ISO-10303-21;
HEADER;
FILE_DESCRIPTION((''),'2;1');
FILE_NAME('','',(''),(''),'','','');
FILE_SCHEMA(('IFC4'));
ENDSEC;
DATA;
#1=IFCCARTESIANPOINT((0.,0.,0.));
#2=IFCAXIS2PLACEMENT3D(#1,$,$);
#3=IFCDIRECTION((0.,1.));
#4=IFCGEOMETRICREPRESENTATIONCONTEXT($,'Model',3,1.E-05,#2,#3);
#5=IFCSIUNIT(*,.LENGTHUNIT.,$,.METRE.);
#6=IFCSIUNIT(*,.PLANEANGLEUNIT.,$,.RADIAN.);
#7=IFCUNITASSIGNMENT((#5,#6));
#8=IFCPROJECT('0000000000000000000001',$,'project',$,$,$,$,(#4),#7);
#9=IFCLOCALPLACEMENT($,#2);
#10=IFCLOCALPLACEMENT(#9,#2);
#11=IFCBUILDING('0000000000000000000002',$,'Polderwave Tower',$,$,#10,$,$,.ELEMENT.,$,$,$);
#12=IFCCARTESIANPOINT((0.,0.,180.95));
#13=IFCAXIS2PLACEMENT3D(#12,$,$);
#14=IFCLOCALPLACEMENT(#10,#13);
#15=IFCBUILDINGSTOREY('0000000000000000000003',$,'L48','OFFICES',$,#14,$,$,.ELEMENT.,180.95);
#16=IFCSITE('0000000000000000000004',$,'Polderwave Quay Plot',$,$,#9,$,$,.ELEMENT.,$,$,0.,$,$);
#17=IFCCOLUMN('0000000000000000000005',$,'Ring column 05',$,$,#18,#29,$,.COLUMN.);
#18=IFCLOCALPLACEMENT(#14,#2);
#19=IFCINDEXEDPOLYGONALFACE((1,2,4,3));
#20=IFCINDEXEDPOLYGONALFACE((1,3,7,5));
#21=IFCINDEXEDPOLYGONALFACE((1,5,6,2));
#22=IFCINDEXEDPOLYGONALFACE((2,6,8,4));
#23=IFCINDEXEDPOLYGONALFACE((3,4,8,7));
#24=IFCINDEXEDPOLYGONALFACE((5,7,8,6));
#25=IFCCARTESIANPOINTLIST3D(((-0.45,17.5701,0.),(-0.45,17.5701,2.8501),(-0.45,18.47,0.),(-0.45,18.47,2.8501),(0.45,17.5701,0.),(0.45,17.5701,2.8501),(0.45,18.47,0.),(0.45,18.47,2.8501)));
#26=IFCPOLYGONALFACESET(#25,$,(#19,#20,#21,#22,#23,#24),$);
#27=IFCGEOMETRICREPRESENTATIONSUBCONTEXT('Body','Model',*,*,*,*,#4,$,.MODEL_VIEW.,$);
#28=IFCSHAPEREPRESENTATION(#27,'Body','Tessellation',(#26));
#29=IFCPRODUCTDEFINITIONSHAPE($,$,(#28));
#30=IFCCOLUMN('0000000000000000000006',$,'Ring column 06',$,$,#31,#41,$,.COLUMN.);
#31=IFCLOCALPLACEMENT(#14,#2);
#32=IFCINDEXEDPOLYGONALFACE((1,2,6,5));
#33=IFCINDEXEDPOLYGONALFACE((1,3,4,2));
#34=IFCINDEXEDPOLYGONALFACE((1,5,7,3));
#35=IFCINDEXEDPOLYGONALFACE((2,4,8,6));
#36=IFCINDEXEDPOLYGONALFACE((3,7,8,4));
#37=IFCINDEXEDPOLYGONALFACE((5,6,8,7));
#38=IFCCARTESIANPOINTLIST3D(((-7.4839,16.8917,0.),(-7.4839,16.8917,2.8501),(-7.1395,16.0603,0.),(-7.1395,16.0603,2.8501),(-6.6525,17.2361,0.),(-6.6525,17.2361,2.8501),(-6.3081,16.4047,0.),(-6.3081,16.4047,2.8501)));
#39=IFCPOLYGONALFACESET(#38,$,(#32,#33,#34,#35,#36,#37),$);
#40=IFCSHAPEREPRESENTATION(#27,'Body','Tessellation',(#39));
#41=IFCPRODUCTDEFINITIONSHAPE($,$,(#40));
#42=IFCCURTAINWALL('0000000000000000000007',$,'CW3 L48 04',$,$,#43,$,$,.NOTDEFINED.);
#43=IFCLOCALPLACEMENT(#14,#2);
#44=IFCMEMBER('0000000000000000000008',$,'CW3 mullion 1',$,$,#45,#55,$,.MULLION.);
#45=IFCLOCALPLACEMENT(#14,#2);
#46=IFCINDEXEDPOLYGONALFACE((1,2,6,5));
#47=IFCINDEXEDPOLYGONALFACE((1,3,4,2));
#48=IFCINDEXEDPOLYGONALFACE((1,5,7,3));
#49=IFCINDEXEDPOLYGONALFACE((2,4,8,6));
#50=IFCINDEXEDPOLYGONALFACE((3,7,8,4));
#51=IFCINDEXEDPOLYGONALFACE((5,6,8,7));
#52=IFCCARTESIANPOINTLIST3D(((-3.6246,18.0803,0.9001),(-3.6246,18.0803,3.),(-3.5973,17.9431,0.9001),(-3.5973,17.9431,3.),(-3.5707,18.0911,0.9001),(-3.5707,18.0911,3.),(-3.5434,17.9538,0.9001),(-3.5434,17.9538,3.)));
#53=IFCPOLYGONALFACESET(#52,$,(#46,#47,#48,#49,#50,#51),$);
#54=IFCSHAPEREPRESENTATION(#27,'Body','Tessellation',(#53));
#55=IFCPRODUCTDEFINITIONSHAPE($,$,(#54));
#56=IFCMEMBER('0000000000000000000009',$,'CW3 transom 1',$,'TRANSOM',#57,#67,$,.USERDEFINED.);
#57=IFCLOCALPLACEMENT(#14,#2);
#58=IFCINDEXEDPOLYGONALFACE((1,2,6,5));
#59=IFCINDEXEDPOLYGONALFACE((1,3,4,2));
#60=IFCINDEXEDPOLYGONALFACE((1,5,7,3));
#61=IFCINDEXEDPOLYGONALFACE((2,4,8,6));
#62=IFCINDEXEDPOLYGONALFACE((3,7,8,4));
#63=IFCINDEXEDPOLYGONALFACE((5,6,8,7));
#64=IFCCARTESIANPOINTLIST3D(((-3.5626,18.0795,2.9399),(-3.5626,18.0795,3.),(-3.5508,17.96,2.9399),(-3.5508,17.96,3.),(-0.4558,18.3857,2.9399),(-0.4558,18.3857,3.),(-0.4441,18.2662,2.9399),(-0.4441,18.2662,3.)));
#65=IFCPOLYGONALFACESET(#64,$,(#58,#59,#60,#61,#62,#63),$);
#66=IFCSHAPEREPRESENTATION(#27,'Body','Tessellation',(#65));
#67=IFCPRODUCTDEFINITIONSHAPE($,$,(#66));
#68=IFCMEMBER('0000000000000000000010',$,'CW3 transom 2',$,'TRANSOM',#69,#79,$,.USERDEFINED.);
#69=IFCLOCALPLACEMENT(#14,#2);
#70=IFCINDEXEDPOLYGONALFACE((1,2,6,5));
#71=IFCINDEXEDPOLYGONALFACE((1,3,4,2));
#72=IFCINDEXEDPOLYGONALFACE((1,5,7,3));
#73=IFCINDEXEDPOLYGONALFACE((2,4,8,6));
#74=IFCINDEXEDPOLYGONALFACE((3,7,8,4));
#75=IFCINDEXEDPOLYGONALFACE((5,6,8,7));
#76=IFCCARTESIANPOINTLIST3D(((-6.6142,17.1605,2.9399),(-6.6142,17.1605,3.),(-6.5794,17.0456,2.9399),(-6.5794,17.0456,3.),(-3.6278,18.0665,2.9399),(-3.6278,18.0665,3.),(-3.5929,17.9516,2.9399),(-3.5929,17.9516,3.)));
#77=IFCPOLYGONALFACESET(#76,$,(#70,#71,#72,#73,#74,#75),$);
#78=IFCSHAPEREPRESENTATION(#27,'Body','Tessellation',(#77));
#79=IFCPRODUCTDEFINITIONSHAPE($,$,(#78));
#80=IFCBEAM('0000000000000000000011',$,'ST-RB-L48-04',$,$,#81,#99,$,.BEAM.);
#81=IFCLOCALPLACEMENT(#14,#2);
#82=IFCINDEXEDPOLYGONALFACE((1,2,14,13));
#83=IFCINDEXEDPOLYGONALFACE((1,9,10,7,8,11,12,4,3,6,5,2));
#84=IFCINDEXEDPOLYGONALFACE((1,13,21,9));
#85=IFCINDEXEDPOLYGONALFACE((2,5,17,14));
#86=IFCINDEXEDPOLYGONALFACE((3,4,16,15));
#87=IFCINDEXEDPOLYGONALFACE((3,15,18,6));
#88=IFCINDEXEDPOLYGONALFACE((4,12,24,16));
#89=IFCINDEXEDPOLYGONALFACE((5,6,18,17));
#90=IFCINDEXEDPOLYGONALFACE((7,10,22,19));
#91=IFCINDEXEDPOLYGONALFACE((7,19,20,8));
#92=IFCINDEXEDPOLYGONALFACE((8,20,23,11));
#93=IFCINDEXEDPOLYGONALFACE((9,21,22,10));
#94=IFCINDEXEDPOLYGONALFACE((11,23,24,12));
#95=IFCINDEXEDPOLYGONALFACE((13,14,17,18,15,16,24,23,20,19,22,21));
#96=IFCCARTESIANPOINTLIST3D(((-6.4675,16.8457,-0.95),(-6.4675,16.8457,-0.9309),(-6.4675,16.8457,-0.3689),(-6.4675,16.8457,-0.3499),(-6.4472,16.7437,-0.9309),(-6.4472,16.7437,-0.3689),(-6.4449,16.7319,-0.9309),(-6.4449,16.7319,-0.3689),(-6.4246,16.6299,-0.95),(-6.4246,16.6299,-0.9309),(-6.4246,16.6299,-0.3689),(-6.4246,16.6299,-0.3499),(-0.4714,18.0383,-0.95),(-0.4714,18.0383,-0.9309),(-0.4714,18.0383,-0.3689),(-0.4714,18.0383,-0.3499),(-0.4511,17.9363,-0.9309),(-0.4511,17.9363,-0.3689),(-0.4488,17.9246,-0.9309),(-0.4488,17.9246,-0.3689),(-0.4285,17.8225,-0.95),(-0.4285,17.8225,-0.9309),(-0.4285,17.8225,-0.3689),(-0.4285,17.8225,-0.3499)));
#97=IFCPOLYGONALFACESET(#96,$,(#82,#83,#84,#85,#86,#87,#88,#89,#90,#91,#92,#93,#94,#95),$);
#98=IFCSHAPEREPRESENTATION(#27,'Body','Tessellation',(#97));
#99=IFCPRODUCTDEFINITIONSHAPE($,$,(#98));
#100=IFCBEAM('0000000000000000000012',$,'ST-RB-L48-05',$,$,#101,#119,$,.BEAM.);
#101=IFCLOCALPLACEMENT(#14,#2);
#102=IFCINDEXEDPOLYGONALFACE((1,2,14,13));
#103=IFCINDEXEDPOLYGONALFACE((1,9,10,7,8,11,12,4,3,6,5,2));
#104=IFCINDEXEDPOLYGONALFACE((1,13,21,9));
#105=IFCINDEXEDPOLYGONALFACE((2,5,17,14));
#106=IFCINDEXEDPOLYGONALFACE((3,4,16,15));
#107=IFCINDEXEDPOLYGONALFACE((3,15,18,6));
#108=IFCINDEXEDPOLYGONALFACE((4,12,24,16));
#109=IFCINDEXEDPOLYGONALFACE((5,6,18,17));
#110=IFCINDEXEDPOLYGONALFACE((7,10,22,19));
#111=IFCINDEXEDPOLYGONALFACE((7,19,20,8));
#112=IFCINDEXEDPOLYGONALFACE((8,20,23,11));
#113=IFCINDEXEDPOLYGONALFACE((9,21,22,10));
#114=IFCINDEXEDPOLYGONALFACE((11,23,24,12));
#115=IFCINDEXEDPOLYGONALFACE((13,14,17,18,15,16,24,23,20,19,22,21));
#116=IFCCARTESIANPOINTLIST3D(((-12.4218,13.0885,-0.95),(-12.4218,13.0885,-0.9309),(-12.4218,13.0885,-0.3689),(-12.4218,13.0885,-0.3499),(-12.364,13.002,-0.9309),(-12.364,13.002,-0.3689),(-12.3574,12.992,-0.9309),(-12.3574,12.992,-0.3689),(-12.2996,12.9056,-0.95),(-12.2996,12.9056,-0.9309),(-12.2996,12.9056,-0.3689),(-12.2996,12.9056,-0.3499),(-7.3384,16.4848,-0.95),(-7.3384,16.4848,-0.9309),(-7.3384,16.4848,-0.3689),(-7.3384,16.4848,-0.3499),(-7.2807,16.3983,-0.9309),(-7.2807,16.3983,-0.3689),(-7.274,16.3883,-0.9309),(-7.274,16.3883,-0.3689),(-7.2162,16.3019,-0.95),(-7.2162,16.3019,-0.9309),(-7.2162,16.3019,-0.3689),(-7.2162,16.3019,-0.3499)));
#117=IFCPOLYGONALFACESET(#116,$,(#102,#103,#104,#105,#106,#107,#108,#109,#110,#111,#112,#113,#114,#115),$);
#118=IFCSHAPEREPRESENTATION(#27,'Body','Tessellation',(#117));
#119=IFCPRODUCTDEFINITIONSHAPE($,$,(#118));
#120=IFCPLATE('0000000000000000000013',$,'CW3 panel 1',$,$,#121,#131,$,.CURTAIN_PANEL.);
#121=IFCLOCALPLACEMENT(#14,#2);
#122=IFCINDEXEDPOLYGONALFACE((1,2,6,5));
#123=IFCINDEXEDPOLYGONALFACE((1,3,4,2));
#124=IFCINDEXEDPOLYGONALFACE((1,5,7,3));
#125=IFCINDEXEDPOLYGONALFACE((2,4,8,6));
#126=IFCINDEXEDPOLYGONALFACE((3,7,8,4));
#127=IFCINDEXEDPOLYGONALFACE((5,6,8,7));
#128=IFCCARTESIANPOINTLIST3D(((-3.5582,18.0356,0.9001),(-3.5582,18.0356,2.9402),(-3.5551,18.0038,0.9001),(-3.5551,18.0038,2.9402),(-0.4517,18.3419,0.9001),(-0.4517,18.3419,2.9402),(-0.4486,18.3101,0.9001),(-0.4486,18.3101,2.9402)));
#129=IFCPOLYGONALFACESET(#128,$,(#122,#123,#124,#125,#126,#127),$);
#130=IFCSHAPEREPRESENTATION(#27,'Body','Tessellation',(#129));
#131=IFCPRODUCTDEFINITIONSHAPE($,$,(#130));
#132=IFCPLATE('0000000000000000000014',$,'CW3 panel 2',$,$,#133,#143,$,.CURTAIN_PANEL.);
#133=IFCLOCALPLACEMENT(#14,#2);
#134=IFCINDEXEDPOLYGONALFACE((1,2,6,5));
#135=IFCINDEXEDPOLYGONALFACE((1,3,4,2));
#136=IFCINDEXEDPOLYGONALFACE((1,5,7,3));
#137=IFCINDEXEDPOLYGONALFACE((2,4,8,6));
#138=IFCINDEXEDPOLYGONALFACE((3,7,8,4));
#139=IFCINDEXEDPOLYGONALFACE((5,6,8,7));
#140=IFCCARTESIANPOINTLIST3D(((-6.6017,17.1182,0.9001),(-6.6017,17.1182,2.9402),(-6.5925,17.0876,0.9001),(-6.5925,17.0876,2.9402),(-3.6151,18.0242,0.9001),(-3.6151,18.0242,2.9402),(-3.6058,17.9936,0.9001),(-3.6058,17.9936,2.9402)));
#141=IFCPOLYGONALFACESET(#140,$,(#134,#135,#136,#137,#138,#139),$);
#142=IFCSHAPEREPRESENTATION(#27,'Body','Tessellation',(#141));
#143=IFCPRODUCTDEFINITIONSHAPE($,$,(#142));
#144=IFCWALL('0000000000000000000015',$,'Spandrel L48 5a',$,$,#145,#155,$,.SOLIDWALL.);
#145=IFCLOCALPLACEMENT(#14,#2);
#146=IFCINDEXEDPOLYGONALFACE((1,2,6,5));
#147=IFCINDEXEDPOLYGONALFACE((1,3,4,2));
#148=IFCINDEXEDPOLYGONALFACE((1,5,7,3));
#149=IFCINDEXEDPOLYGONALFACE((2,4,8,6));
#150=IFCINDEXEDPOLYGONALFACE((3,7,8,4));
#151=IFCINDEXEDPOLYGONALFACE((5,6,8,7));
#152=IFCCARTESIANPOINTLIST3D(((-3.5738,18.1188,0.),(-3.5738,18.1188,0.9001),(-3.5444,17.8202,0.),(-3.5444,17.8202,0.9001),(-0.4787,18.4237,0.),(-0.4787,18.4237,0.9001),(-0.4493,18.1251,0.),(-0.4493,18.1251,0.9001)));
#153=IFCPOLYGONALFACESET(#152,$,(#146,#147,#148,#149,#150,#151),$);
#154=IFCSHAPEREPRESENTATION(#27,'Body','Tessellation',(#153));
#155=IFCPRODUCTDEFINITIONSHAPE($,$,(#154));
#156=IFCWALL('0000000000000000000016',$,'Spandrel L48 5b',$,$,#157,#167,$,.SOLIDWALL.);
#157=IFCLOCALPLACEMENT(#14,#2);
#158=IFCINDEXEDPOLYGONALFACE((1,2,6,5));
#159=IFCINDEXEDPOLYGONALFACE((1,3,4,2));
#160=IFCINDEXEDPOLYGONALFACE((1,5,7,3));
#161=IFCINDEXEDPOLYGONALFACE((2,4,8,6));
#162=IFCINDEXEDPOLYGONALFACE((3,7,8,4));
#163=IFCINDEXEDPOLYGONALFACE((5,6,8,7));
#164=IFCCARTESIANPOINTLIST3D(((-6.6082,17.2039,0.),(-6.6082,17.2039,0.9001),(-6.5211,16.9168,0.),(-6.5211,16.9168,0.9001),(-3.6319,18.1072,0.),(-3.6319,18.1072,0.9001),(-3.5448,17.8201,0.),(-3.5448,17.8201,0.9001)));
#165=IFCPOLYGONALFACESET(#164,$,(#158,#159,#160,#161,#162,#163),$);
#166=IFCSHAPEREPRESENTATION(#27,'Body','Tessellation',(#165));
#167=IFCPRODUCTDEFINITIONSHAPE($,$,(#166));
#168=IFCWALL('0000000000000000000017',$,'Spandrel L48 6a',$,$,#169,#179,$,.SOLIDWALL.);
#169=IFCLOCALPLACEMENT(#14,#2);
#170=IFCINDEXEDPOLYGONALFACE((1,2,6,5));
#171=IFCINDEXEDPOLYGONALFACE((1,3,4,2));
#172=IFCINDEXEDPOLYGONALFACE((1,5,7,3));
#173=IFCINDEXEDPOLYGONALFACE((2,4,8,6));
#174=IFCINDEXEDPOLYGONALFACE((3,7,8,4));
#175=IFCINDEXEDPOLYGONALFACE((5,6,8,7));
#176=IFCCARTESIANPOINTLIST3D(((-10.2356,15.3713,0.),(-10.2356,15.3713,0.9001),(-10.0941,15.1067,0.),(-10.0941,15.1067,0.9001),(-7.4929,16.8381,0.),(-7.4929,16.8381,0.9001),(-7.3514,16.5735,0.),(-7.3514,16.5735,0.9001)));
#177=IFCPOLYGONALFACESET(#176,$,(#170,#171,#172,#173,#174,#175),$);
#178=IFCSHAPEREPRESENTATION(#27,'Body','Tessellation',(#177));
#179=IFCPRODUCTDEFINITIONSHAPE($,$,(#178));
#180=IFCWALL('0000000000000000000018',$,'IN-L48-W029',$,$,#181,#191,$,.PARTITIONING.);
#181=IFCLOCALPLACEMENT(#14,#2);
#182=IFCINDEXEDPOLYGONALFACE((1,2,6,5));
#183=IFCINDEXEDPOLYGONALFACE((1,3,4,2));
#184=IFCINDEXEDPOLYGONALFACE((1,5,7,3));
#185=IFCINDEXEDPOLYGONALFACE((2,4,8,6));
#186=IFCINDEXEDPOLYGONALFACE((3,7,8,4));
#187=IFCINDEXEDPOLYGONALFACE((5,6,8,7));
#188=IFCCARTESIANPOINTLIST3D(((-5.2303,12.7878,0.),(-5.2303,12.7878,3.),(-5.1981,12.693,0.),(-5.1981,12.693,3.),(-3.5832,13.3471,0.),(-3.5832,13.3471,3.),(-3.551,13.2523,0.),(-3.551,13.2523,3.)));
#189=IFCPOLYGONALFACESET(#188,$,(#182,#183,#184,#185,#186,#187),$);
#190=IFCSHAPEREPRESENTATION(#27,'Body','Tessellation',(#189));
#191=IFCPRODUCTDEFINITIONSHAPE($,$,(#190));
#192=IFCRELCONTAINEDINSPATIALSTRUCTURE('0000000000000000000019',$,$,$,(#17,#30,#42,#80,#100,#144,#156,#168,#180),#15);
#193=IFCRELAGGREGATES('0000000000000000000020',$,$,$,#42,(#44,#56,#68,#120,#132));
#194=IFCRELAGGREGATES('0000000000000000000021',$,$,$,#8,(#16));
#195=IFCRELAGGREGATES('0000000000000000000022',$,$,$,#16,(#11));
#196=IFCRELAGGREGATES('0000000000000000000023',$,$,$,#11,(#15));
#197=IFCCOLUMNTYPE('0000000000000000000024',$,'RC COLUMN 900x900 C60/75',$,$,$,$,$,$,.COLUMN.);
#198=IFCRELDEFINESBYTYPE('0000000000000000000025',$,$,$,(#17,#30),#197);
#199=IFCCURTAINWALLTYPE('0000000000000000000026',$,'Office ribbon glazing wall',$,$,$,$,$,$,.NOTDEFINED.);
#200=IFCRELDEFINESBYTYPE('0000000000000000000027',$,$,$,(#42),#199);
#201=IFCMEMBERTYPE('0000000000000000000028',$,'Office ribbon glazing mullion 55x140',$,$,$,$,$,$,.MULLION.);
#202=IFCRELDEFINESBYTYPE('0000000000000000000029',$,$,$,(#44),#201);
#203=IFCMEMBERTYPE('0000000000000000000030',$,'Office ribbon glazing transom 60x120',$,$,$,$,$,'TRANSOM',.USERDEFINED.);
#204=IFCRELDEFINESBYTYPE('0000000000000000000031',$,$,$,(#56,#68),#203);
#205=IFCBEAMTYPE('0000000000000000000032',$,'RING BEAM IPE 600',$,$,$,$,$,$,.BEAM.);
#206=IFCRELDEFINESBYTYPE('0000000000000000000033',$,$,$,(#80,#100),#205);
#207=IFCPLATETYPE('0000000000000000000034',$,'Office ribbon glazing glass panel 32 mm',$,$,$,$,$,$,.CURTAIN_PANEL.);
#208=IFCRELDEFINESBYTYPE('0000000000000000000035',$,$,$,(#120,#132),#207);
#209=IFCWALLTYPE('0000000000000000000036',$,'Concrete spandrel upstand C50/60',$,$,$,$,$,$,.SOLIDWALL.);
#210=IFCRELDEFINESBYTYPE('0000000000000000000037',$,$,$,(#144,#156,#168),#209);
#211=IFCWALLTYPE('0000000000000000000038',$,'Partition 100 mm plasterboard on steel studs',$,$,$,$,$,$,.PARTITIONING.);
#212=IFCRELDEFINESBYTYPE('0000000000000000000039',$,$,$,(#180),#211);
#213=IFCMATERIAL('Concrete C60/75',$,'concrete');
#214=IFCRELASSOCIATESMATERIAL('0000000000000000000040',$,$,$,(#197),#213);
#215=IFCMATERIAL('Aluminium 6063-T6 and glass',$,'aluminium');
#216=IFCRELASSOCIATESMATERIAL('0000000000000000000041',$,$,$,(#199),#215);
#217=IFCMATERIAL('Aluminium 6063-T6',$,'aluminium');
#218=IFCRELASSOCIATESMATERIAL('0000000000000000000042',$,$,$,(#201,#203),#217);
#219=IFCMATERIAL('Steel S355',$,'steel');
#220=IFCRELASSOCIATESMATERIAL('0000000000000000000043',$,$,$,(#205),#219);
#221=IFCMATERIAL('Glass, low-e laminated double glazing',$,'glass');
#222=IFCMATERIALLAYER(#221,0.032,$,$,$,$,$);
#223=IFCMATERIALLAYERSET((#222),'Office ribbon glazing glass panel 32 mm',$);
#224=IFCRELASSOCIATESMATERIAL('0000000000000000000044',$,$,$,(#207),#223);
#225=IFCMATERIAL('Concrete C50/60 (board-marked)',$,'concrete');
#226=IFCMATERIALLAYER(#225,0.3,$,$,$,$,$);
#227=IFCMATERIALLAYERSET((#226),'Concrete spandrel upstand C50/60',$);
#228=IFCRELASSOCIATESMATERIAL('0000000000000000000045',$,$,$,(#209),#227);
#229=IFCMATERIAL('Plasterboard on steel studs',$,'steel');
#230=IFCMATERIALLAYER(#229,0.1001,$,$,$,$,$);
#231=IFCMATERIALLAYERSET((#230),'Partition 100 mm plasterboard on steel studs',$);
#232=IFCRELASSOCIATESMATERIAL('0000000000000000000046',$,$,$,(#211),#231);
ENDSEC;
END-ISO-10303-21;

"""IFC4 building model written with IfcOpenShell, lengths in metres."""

from ifc_helpers import new_model, si_unit, direction, frame, frame_2d, origin, origin_2d, place, context, subcontext, project, spatial, rectangle, i_section, extrude, material, layer, layer_set, material_profile, profile_set, type_object, element, aggregate, save


model = new_model("IFC4")

# Units and contexts
model_context = context("Model", 3, precision=1e-05, world=origin(), true_north=direction((0.0, 1.0)))
body_context = subcontext(model_context, "Body", "Model", "MODEL_VIEW")
ifc_project = project(units=[si_unit("LENGTHUNIT", "METRE"), si_unit("PLANEANGLEUNIT", "RADIAN")], contexts=[model_context])

# Site, building, storey
site_placement = place(None, origin())
site = spatial("IfcSite", under=ifc_project, at=site_placement, Name="Polderwave Quay Plot", CompositionType="ELEMENT", RefElevation=0.0)
building_placement = place(site_placement, origin())
building = spatial("IfcBuilding", under=site, at=building_placement, Name="Polderwave Tower", CompositionType="ELEMENT")
storey_placement = place(building_placement, frame((0.0, 0.0, 180.95)))
storey = spatial("IfcBuildingStorey", under=building, at=storey_placement, Name="L48", Description="OFFICES", CompositionType="ELEMENT", Elevation=180.95)

# Columns
ifc_material_1 = material(Name="Concrete C60/75", Category="concrete")
ifc_material_profile_1 = material_profile(ifc_material_1, rectangle(XDim=0.8999, YDim=0.8999, at=origin_2d()), Name="RC 900x900")
ifc_profile_set_1 = profile_set([ifc_material_profile_1], Name="Concrete C60/75")
column_type = type_object("IfcColumnType", Name="RC COLUMN 900x900 C60/75", PredefinedType="COLUMN", material=ifc_profile_set_1)
for number, where, z_axis, x_axis, name in (
    (1, (0.0, 18.02, 0.0), (0.0, 0.0, 1.0), (0.0, 1.0, 0.0), "Ring column 05"),
    (2, (-6.896, 16.6482, 0.0), (0.0, 0.0, 1.0), (-0.382683, 0.92388, 0.0), "Ring column 06"),
):
    element("IfcColumn", number, at=place(storey_placement, frame(where, z_axis=z_axis, x_axis=x_axis)), inside=storey, type_object=column_type, Name=name, PredefinedType="COLUMN", context=body_context, shape_type="SweptSolid", body=[
        extrude(rectangle(XDim=0.8999, YDim=0.8999, at=origin_2d()), origin(), (0.0, 0.0, 1.0), 2.8501),
    ])

# Curtain wall, members
ifc_material_2 = material(Name="Aluminium 6063-T6 and glass", Category="aluminium")
curtain_wall_type = type_object("IfcCurtainWallType", Name="Office ribbon glazing wall", PredefinedType="NOTDEFINED", material=ifc_material_2)
curtain_wall_placement = place(storey_placement, origin())
curtain_wall = element("IfcCurtainWall", 3, at=curtain_wall_placement, inside=storey, type_object=curtain_wall_type, Name="CW3 L48 04", PredefinedType="NOTDEFINED")
ifc_material_3 = material(Name="Aluminium 6063-T6", Category="aluminium")
ifc_material_profile_2 = material_profile(ifc_material_3, rectangle(XDim=0.1399, YDim=0.0549, at=origin_2d()), Name="AL 55x140")
ifc_profile_set_2 = profile_set([ifc_material_profile_2], Name="Aluminium 6063-T6")
member_type_1 = type_object("IfcMemberType", Name="Office ribbon glazing mullion 55x140", PredefinedType="MULLION", material=ifc_profile_set_2)
member_1_placement = place(storey_placement, frame((-3.584, 18.0171, 0.9001), z_axis=(0.0, 0.0, 1.0), x_axis=(0.195143, -0.980775, 0.0)))
member_1 = element("IfcMember", 4, at=member_1_placement, type_object=member_type_1, Name="CW3 mullion 1", PredefinedType="MULLION", context=body_context, shape_type="SweptSolid", body=[
    extrude(rectangle(XDim=0.1399, YDim=0.0549, at=origin_2d()), origin(), (0.0, 0.0, 1.0), 2.0999),
])
ifc_material_profile_3 = material_profile(ifc_material_3, rectangle(XDim=0.1201, YDim=0.0601, at=origin_2d()), Name="AL 60x120")
ifc_profile_set_3 = profile_set([ifc_material_profile_3], Name="Aluminium 6063-T6")
member_type_2 = type_object("IfcMemberType", Name="Office ribbon glazing transom 60x120", ElementType="TRANSOM", PredefinedType="USERDEFINED", material=ifc_profile_set_3)
member_2_placement = place(storey_placement, frame((-0.45, 18.3259, 2.97), z_axis=(-0.995179, -0.098071, 0.0), x_axis=(0.098071, -0.995179, 0.0)))
member_2 = element("IfcMember", 5, at=member_2_placement, type_object=member_type_2, Name="CW3 transom 1", ObjectType="TRANSOM", PredefinedType="USERDEFINED", context=body_context, shape_type="SweptSolid", body=[
    extrude(rectangle(XDim=0.1201, YDim=0.0601, at=origin_2d()), origin(), (0.0, 0.0, 1.0), 3.1218),
])
member_3_placement = place(storey_placement, frame((-3.6104, 18.009, 2.97), z_axis=(-0.956937, -0.290296, 0.0), x_axis=(0.290296, -0.956937, 0.0)))
member_3 = element("IfcMember", 6, at=member_3_placement, type_object=member_type_2, Name="CW3 transom 2", ObjectType="TRANSOM", PredefinedType="USERDEFINED", context=body_context, shape_type="SweptSolid", body=[
    extrude(rectangle(XDim=0.1201, YDim=0.0601, at=origin_2d()), origin(), (0.0, 0.0, 1.0), 3.1208),
])

# Beams
ifc_material_4 = material(Name="Steel S355", Category="steel")
ifc_material_profile_4 = material_profile(ifc_material_4, i_section(OverallWidth=0.22, OverallDepth=0.6001, WebThickness=0.012, FlangeThickness=0.019, at=origin_2d()), Name="IPE 600")
ifc_profile_set_4 = profile_set([ifc_material_profile_4], Name="Steel S355")
beam_type = type_object("IfcBeamType", Name="RING BEAM IPE 600", PredefinedType="BEAM", material=ifc_profile_set_4)
for number, where, z_axis, x_axis, name in (
    (7, (-0.45, 17.9304, -0.6499), (-0.980787, -0.195079, 0.0), (0.195079, -0.980787, 0.0), "ST-RB-L48-04"),
    (8, (-7.2773, 16.3933, -0.6499), (-0.831491, -0.555539, 0.0), (0.555539, -0.831491, 0.0), "ST-RB-L48-05"),
):
    element("IfcBeam", number, at=place(storey_placement, frame(where, z_axis=z_axis, x_axis=x_axis)), inside=storey, type_object=beam_type, Name=name, PredefinedType="BEAM", context=body_context, shape_type="SweptSolid", body=[
        extrude(i_section(OverallWidth=0.22, OverallDepth=0.6001, WebThickness=0.012, FlangeThickness=0.019, at=origin_2d()), origin(), (0.0, 0.0, 1.0), 6.1135),
    ])

# Plates
ifc_material_5 = material(Name="Glass, low-e laminated double glazing", Category="glass")
ifc_layer_1 = layer(ifc_material_5, 0.032)
ifc_layer_set_1 = layer_set([ifc_layer_1], Name="Office ribbon glazing glass panel 32 mm")
plate_type = type_object("IfcPlateType", Name="Office ribbon glazing glass panel 32 mm", PredefinedType="CURTAIN_PANEL", material=ifc_layer_set_1)
plate_1_placement = place(storey_placement, frame((-2.0034, 18.1729, 0.9001), z_axis=(0.0, 0.0, 1.0), x_axis=(-0.995175, -0.09812, 0.0)))
plate_1 = element("IfcPlate", 9, at=plate_1_placement, type_object=plate_type, Name="CW3 panel 1", PredefinedType="CURTAIN_PANEL", context=body_context, shape_type="SweptSolid", body=[
    extrude(rectangle(XDim=3.1216, YDim=0.032, at=origin_2d()), origin(), (0.0, 0.0, 1.0), 2.04),
])
plate_2_placement = place(storey_placement, frame((-5.1038, 17.5559, 0.9001), z_axis=(0.0, 0.0, 1.0), x_axis=(-0.956939, -0.29029, 0.0)))
plate_2 = element("IfcPlate", 10, at=plate_2_placement, type_object=plate_type, Name="CW3 panel 2", PredefinedType="CURTAIN_PANEL", context=body_context, shape_type="SweptSolid", body=[
    extrude(rectangle(XDim=3.1211, YDim=0.032, at=origin_2d()), origin(), (0.0, 0.0, 1.0), 2.04),
])
aggregate(curtain_wall, [member_1, member_2, member_3, plate_1, plate_2])

# Walls
ifc_material_6 = material(Name="Concrete C50/60 (board-marked)", Category="concrete")
ifc_layer_2 = layer(ifc_material_6, 0.3)
ifc_layer_set_2 = layer_set([ifc_layer_2], Name="Concrete spandrel upstand C50/60")
wall_type_1 = type_object("IfcWallType", Name="Concrete spandrel upstand C50/60", PredefinedType="SOLIDWALL", material=ifc_layer_set_2)
wall_1_placement = place(storey_placement, frame((-0.4639, 18.2744, 0.0), z_axis=(0.0, 0.0, 1.0), x_axis=(-0.995182, -0.098042, 0.0)))
element("IfcWall", 11, at=wall_1_placement, inside=storey, type_object=wall_type_1, Name="Spandrel L48 5a", PredefinedType="SOLIDWALL", context=body_context, shape_type="SweptSolid", body=[
    extrude(rectangle(XDim=3.1101, YDim=0.3, at=frame_2d((1.5552, 0.0))), origin(), (0.0, 0.0, 1.0), 0.9001),
])
for number, where, z_axis, x_axis, name in (
    (12, (-3.5884, 17.9636, 0.0), (0.0, 0.0, 1.0), (-0.956899, -0.290421, 0.0), "Spandrel L48 5b"),
    (13, (-7.4221, 16.7058, 0.0), (0.0, 0.0, 1.0), (-0.881813, -0.471598, 0.0), "Spandrel L48 6a"),
):
    element("IfcWall", number, at=place(storey_placement, frame(where, z_axis=z_axis, x_axis=x_axis)), inside=storey, type_object=wall_type_1, Name=name, PredefinedType="SOLIDWALL", context=body_context, shape_type="SweptSolid", body=[
        extrude(rectangle(XDim=3.1104, YDim=0.3, at=frame_2d((1.5552, 0.0))), origin(), (0.0, 0.0, 1.0), 0.9001),
    ])
ifc_material_7 = material(Name="Plasterboard on steel studs", Category="steel")
ifc_layer_3 = layer(ifc_material_7, 0.1001)
ifc_layer_set_3 = layer_set([ifc_layer_3], Name="Partition 100 mm plasterboard on steel studs")
wall_type_2 = type_object("IfcWallType", Name="Partition 100 mm plasterboard on steel studs", PredefinedType="PARTITIONING", material=ifc_layer_set_3)
wall_2_placement = place(storey_placement, frame((-5.2141, 12.7405, 0.0), z_axis=(0.0, 0.0, 1.0), x_axis=(0.9469, 0.321528, 0.0)))
element("IfcWall", 14, at=wall_2_placement, inside=storey, type_object=wall_type_2, Name="IN-L48-W029", PredefinedType="PARTITIONING", context=body_context, shape_type="SweptSolid", body=[
    extrude(rectangle(XDim=1.7395, YDim=0.1001, at=frame_2d((0.8696, 0.0))), origin(), (0.0, 0.0, 1.0), 3.0),
])

save(model, "model.ifc")
